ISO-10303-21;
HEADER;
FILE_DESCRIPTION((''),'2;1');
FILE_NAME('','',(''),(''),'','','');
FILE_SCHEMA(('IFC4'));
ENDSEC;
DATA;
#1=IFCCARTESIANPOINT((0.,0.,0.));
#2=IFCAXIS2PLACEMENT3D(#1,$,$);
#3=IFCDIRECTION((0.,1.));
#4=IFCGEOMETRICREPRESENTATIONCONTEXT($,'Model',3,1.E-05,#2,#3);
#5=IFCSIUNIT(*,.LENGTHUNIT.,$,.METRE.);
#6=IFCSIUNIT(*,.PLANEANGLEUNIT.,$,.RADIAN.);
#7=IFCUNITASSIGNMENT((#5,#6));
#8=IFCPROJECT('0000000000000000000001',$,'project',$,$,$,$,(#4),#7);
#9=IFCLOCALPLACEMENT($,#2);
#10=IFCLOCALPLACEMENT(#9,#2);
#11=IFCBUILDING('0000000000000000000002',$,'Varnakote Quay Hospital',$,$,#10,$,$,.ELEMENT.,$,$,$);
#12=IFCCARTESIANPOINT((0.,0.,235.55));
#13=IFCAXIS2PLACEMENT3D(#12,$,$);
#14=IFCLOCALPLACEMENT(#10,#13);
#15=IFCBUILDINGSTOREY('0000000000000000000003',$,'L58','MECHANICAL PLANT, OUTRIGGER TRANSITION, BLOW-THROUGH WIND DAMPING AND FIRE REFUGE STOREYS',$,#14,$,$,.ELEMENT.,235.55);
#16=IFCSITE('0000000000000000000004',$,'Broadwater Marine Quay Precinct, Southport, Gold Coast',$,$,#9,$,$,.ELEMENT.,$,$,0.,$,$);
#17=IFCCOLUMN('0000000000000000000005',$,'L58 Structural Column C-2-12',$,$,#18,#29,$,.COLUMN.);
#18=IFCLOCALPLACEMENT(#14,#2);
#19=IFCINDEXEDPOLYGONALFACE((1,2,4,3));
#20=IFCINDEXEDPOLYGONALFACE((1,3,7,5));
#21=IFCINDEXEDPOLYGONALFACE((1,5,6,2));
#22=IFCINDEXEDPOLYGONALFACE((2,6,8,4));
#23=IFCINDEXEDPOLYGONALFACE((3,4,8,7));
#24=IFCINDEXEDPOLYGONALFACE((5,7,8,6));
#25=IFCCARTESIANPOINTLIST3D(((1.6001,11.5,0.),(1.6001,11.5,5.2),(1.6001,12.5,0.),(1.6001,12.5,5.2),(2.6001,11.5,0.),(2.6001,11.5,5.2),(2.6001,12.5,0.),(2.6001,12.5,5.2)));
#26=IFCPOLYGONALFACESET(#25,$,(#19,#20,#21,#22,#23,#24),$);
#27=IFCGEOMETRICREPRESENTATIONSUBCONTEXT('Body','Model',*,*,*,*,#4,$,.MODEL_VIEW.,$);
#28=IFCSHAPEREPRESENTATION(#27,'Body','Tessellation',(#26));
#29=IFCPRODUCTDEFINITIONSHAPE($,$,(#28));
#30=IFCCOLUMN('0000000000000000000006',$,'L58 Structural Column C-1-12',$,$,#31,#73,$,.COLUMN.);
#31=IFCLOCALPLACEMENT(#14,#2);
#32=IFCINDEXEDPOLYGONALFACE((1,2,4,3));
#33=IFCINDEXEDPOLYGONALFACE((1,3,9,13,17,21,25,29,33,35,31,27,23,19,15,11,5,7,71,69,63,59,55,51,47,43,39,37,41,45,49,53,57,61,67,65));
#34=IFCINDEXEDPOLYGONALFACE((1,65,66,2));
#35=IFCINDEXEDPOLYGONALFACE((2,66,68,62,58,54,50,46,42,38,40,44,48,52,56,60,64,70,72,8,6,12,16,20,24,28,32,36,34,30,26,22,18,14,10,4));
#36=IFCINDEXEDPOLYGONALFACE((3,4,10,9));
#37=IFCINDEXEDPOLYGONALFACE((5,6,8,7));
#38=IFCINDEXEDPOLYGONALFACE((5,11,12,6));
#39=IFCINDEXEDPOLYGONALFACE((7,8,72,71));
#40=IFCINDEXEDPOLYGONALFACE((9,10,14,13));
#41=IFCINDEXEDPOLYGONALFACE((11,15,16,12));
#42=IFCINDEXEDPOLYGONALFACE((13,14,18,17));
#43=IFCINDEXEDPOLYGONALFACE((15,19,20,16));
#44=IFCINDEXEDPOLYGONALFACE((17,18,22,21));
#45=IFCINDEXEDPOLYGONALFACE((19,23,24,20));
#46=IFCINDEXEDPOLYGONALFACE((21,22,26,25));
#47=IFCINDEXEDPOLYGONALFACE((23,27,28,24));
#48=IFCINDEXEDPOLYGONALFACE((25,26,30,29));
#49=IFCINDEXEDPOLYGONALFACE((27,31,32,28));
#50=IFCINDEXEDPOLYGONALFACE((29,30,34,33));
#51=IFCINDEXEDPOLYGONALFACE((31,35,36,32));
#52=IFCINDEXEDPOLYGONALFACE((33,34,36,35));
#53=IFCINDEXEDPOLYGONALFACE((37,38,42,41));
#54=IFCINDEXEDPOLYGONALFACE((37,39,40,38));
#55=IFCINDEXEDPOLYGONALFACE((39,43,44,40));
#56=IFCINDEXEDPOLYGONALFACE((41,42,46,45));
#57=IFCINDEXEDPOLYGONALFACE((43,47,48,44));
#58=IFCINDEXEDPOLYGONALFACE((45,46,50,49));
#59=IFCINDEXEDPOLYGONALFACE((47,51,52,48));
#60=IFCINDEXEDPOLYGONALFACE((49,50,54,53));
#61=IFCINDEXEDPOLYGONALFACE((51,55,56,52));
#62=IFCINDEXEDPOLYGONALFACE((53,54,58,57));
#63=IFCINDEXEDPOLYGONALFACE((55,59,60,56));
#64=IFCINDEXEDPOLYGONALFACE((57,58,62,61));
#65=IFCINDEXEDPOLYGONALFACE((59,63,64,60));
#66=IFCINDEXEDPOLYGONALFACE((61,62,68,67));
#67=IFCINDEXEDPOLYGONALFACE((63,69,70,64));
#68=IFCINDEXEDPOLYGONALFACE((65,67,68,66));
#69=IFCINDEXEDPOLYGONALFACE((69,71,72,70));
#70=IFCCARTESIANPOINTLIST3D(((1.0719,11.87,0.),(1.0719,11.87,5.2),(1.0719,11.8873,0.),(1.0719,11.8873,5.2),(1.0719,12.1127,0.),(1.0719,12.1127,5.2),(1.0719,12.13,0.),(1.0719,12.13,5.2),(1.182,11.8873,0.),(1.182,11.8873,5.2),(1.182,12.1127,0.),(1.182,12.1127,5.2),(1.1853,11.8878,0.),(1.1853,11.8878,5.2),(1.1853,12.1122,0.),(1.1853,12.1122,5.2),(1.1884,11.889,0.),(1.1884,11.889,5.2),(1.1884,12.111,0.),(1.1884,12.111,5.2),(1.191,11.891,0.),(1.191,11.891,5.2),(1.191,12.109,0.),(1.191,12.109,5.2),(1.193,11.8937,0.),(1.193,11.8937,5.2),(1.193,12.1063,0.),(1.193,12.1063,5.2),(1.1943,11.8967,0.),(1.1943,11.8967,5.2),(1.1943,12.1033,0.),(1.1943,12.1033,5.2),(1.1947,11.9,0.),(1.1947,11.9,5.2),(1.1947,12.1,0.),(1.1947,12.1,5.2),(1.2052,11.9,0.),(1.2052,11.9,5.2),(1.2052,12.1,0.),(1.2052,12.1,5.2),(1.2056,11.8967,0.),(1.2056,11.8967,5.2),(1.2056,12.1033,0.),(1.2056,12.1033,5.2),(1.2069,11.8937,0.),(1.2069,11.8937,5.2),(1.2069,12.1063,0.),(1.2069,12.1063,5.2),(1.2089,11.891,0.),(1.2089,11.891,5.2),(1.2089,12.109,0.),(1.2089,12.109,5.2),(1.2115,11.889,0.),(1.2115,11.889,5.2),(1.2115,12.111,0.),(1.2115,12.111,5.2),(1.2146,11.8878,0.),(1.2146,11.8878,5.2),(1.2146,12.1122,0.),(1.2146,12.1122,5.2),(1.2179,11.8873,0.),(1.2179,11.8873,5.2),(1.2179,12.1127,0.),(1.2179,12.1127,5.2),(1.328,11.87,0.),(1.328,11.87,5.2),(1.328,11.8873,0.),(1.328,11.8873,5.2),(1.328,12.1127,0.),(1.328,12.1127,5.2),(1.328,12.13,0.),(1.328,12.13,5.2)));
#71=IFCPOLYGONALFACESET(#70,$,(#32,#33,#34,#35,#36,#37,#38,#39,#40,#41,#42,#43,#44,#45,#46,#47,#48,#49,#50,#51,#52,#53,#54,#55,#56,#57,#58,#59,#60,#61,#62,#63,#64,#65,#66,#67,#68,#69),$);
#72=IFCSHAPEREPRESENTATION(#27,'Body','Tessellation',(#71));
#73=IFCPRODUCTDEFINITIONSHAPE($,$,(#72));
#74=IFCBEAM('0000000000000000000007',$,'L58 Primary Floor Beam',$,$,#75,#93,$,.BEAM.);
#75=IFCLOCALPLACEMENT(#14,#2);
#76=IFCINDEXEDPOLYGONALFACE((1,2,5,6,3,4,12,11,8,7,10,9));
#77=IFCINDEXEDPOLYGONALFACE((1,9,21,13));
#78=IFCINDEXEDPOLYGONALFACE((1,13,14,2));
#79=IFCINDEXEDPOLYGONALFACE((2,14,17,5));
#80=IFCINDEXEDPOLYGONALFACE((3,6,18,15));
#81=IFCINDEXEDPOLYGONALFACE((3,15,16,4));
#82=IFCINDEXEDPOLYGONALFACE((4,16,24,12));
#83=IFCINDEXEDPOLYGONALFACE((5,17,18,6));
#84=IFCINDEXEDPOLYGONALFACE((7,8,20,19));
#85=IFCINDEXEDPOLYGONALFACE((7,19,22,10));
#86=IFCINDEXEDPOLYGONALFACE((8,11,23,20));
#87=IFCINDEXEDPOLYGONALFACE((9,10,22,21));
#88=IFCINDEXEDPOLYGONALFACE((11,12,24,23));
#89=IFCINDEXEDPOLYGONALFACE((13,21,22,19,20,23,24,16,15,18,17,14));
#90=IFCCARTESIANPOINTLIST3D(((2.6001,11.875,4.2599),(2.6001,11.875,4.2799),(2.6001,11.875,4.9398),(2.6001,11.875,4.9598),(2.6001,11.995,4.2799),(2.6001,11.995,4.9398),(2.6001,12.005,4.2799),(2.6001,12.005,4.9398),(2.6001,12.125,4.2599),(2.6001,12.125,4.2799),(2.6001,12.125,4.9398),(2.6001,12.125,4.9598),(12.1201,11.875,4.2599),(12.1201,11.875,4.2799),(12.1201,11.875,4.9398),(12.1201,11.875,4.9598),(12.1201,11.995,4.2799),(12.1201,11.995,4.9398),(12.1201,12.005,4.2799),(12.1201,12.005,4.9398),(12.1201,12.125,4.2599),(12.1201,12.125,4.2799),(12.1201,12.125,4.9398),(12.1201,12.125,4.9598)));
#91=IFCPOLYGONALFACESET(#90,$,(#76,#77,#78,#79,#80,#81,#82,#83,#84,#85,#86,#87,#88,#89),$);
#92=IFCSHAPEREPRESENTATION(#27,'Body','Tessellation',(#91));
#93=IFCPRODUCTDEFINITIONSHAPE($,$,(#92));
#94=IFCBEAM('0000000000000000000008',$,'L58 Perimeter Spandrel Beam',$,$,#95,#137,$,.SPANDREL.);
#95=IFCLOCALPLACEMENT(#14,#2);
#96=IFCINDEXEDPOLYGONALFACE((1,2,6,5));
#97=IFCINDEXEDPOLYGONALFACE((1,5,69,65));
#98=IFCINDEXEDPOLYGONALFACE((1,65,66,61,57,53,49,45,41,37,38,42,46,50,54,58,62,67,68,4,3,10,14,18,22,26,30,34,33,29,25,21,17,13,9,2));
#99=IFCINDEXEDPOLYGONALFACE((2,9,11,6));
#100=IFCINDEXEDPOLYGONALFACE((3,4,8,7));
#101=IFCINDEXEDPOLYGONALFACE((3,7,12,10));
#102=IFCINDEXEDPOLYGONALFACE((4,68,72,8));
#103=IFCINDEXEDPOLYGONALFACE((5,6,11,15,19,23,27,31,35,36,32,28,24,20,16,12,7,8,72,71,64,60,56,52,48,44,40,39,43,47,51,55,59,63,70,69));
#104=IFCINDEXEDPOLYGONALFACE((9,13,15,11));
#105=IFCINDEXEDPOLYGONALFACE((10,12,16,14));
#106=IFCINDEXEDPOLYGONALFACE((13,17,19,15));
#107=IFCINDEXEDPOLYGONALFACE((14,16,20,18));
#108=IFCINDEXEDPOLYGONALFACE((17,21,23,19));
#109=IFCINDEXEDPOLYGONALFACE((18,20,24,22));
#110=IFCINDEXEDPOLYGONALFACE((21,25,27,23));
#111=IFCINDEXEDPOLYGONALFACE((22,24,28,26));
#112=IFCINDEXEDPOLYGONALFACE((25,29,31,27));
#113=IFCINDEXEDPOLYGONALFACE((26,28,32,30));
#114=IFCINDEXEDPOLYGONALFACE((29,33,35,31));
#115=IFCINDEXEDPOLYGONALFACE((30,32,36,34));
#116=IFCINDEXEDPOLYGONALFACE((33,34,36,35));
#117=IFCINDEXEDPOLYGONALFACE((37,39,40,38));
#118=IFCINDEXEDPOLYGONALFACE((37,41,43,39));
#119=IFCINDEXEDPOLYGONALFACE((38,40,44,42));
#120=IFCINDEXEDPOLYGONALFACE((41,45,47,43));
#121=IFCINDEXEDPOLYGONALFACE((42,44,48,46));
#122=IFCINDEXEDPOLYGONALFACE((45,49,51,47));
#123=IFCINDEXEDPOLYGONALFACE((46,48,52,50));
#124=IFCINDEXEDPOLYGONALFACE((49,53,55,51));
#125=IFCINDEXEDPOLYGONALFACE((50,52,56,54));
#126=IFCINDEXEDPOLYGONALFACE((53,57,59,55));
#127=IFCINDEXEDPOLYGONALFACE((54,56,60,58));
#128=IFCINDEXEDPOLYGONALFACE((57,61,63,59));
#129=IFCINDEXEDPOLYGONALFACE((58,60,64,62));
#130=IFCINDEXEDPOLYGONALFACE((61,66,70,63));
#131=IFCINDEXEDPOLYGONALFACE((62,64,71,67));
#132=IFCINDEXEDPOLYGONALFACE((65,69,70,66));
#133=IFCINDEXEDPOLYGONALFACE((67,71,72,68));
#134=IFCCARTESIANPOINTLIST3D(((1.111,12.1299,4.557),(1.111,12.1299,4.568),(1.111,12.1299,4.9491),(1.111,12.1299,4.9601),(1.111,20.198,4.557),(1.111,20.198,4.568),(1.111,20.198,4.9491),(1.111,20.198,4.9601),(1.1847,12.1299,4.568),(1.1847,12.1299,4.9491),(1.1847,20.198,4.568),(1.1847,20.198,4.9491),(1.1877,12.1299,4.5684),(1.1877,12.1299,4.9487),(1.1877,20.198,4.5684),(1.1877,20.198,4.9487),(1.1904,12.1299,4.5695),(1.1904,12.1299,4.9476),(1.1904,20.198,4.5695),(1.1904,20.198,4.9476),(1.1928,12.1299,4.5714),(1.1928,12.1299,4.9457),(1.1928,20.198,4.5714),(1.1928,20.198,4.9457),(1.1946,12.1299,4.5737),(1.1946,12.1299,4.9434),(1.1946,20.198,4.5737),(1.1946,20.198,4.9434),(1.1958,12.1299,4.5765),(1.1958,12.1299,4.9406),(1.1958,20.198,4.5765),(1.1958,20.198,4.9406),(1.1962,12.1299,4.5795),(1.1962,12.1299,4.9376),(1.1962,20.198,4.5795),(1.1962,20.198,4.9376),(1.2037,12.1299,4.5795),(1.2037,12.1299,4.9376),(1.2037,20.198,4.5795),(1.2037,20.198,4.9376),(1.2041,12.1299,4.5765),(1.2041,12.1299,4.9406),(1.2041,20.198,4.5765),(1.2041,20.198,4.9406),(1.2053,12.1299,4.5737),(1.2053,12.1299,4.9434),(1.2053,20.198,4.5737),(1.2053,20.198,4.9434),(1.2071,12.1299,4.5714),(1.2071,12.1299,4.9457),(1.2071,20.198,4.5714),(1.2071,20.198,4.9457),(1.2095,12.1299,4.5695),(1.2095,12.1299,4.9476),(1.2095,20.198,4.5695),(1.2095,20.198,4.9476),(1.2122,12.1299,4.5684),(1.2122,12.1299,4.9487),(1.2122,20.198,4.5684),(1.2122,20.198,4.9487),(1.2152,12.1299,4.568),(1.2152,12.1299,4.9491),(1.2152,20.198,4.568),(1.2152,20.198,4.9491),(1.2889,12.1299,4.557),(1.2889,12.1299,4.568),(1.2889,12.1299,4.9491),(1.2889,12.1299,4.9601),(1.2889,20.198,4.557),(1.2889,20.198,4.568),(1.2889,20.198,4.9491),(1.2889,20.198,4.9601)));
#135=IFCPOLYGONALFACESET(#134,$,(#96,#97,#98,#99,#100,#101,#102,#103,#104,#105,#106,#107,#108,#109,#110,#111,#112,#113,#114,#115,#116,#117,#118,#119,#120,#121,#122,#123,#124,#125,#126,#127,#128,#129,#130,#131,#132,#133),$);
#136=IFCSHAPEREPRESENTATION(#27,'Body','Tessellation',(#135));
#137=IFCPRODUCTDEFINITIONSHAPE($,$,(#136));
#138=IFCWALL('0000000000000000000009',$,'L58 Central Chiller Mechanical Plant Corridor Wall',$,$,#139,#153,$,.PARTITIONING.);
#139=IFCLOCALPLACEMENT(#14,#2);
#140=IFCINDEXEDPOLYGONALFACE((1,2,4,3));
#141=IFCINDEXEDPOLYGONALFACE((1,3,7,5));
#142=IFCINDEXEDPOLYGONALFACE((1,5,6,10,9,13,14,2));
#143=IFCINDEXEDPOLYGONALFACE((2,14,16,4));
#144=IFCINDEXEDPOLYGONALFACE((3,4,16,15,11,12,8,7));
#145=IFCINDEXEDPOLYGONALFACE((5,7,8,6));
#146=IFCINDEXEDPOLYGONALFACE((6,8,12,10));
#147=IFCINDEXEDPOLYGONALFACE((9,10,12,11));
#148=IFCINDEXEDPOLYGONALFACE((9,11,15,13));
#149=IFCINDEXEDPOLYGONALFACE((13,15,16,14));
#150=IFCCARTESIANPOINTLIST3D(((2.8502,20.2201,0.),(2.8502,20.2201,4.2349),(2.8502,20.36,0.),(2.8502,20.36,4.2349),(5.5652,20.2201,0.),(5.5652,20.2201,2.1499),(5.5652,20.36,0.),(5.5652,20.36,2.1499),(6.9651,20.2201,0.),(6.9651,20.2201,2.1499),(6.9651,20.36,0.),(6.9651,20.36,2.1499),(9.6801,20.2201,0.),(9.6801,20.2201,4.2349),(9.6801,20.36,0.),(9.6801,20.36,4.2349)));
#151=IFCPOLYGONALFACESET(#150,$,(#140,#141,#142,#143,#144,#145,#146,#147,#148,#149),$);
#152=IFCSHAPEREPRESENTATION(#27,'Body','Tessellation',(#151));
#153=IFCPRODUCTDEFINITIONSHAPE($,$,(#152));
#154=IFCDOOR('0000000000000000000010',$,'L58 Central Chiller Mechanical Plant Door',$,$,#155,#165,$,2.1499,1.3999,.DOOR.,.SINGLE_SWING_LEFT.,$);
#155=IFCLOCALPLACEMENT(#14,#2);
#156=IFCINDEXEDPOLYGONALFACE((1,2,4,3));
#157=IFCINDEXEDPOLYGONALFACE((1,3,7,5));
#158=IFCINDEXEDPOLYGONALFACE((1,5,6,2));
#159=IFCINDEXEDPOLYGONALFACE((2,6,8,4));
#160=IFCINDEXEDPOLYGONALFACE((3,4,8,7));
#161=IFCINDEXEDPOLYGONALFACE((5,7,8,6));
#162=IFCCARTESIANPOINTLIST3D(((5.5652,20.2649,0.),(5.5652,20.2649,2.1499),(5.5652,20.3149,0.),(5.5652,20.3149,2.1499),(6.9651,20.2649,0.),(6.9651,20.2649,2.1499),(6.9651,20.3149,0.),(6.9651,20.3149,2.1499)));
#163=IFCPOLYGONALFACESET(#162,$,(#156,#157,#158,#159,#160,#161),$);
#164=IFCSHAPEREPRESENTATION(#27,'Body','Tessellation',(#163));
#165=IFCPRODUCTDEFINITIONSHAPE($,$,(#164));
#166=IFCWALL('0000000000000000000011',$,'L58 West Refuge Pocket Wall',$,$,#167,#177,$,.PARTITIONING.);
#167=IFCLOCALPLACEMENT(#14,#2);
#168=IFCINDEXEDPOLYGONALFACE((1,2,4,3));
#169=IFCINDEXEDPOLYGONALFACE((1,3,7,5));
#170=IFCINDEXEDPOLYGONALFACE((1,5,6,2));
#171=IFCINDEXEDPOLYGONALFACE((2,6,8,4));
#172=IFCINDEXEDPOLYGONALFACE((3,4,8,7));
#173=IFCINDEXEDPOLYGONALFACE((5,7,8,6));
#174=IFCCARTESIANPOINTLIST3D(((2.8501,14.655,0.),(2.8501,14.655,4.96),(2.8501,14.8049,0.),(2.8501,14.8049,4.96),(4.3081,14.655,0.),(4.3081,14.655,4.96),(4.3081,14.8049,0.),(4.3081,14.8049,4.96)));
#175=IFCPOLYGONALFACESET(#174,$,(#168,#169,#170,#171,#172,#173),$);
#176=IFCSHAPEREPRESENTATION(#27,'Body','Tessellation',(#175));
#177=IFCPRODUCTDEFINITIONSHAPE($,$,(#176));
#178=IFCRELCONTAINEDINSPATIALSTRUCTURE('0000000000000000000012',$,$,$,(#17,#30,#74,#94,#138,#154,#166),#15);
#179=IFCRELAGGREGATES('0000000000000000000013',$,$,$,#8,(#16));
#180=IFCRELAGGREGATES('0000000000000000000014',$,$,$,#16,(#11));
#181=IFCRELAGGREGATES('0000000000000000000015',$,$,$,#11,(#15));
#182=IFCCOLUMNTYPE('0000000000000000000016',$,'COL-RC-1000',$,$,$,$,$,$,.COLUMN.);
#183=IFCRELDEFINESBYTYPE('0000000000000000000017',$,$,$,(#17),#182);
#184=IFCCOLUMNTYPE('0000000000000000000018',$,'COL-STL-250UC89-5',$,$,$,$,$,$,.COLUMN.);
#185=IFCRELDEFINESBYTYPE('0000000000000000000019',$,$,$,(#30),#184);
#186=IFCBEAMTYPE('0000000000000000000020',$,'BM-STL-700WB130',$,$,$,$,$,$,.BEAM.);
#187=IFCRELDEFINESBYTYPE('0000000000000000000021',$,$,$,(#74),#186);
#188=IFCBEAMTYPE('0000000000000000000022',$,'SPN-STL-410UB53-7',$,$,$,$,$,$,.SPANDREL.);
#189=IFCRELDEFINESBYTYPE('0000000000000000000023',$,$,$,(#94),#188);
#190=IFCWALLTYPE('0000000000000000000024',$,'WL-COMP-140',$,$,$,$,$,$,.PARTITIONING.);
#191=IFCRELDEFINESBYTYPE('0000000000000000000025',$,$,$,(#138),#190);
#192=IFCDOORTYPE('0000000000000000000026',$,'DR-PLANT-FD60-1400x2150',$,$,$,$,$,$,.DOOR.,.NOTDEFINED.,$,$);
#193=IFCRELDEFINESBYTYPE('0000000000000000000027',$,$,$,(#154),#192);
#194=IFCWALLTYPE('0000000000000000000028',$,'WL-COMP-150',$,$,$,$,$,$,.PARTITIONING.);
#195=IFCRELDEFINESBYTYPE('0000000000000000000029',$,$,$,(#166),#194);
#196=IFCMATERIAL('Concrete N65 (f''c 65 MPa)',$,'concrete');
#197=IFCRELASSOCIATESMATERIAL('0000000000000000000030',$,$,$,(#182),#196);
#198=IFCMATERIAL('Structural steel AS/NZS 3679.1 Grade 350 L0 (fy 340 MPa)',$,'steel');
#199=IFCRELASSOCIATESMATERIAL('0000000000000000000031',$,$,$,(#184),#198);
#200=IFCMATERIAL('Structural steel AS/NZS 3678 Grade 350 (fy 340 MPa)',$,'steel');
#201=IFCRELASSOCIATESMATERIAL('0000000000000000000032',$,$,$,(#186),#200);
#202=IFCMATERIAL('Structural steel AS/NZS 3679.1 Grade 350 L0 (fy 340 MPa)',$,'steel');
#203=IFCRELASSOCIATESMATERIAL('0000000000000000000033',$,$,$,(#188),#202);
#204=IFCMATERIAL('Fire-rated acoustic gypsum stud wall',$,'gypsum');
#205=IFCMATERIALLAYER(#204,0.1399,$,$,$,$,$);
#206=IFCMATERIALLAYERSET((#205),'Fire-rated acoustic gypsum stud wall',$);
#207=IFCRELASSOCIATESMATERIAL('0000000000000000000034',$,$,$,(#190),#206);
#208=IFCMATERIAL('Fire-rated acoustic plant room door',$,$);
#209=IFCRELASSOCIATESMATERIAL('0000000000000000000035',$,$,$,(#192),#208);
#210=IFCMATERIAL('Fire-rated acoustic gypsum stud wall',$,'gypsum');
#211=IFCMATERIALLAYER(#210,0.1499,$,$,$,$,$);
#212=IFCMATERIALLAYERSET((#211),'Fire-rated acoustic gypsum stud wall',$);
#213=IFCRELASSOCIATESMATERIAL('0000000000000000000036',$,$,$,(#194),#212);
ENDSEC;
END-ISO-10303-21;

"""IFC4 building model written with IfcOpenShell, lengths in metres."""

from ifc_helpers import new_model, si_unit, direction, frame, frame_2d, origin, origin_2d, place, context, subcontext, project, spatial, rectangle, i_section, extrude, material, layer, layer_set, material_profile, profile_set, type_object, element, fill, save


model = new_model("IFC4")

# Units and contexts
model_context = context("Model", 3, precision=1e-05, world=origin(), true_north=direction((0.0, 1.0)))
body_context = subcontext(model_context, "Body", "Model", "MODEL_VIEW")
ifc_project = project(units=[si_unit("LENGTHUNIT", "METRE"), si_unit("PLANEANGLEUNIT", "RADIAN")], contexts=[model_context])

# Site, building, storey
site_placement = place(None, origin())
site = spatial("IfcSite", under=ifc_project, at=site_placement, Name="Broadwater Marine Quay Precinct, Southport, Gold Coast", CompositionType="ELEMENT", RefElevation=0.0)
building_placement = place(site_placement, origin())
building = spatial("IfcBuilding", under=site, at=building_placement, Name="Varnakote Quay Hospital", CompositionType="ELEMENT")
storey_placement = place(building_placement, frame((0.0, 0.0, 235.55)))
storey = spatial("IfcBuildingStorey", under=building, at=storey_placement, Name="L58", Description="MECHANICAL PLANT, OUTRIGGER TRANSITION, BLOW-THROUGH WIND DAMPING AND FIRE REFUGE STOREYS", CompositionType="ELEMENT", Elevation=235.55)

# Columns
ifc_material_1 = material(Name="Concrete N65 (f'c 65 MPa)", Category="concrete")
ifc_material_profile_1 = material_profile(ifc_material_1, rectangle(XDim=1.0, YDim=1.0, at=origin_2d()), Name="RC-COL-1000x1000")
ifc_profile_set_1 = profile_set([ifc_material_profile_1], Name="Concrete N65 (f'c 65 MPa)")
column_type_1 = type_object("IfcColumnType", Name="COL-RC-1000", PredefinedType="COLUMN", material=ifc_profile_set_1)
column_1_placement = place(storey_placement, frame((2.1001, 12.0, 0.0), z_axis=(0.0, 0.0, 1.0), x_axis=(1.0, 0.0, 0.0)))
element("IfcColumn", 1, at=column_1_placement, inside=storey, type_object=column_type_1, Name="L58 Structural Column C-2-12", PredefinedType="COLUMN", context=body_context, shape_type="SweptSolid", body=[
    extrude(rectangle(XDim=1.0, YDim=1.0, at=origin_2d()), origin(), (0.0, 0.0, 1.0), 5.2),
])
ifc_material_2 = material(Name="Structural steel AS/NZS 3679.1 Grade 350 L0 (fy 340 MPa)", Category="steel")
ifc_material_profile_2 = material_profile(ifc_material_2, i_section(OverallWidth=0.2561, OverallDepth=0.26, WebThickness=0.0105, FlangeThickness=0.0173, FilletRadius=0.0127, at=origin_2d()), Name="250UC89.5")
ifc_profile_set_2 = profile_set([ifc_material_profile_2], Name="Structural steel AS/NZS 3679.1 Grade 350 L0 (fy 340 MPa)")
column_type_2 = type_object("IfcColumnType", Name="COL-STL-250UC89-5", PredefinedType="COLUMN", material=ifc_profile_set_2)
column_2_placement = place(storey_placement, frame((1.2, 12.0, 0.0), z_axis=(0.0, 0.0, 1.0), x_axis=(1.0, 0.0, 0.0)))
element("IfcColumn", 2, at=column_2_placement, inside=storey, type_object=column_type_2, Name="L58 Structural Column C-1-12", PredefinedType="COLUMN", context=body_context, shape_type="SweptSolid", body=[
    extrude(i_section(OverallWidth=0.2561, OverallDepth=0.26, WebThickness=0.0105, FlangeThickness=0.0173, FilletRadius=0.0127, at=origin_2d()), origin(), (0.0, 0.0, 1.0), 5.2),
])

# Beams
ifc_material_3 = material(Name="Structural steel AS/NZS 3678 Grade 350 (fy 340 MPa)", Category="steel")
ifc_material_profile_3 = material_profile(ifc_material_3, i_section(OverallWidth=0.25, OverallDepth=0.7, WebThickness=0.01, FlangeThickness=0.02, at=origin_2d()), Name="700WB130")
ifc_profile_set_3 = profile_set([ifc_material_profile_3], Name="Structural steel AS/NZS 3678 Grade 350 (fy 340 MPa)")
beam_type_1 = type_object("IfcBeamType", Name="BM-STL-700WB130", PredefinedType="BEAM", material=ifc_profile_set_3)
beam_1_placement = place(storey_placement, frame((2.6001, 12.0, 4.6099), z_axis=(1.0, 0.0, 0.0), x_axis=(0.0, 1.0, 0.0)))
element("IfcBeam", 3, at=beam_1_placement, inside=storey, type_object=beam_type_1, Name="L58 Primary Floor Beam", PredefinedType="BEAM", context=body_context, shape_type="SweptSolid", body=[
    extrude(i_section(OverallWidth=0.25, OverallDepth=0.7, WebThickness=0.01, FlangeThickness=0.02, at=origin_2d()), origin(), (0.0, 0.0, 1.0), 9.52),
])
ifc_material_4 = material(Name="Structural steel AS/NZS 3679.1 Grade 350 L0 (fy 340 MPa)", Category="steel")
ifc_material_profile_4 = material_profile(ifc_material_4, i_section(OverallWidth=0.178, OverallDepth=0.4031, WebThickness=0.0076, FlangeThickness=0.011, FilletRadius=0.0115, at=origin_2d()), Name="410UB53.7")
ifc_profile_set_4 = profile_set([ifc_material_profile_4], Name="Structural steel AS/NZS 3679.1 Grade 350 L0 (fy 340 MPa)")
beam_type_2 = type_object("IfcBeamType", Name="SPN-STL-410UB53-7", PredefinedType="SPANDREL", material=ifc_profile_set_4)
beam_2_placement = place(storey_placement, frame((1.2, 12.1299, 4.7585), z_axis=(0.0, 1.0, 0.0), x_axis=(-1.0, 0.0, 0.0)))
element("IfcBeam", 4, at=beam_2_placement, inside=storey, type_object=beam_type_2, Name="L58 Perimeter Spandrel Beam", PredefinedType="SPANDREL", context=body_context, shape_type="SweptSolid", body=[
    extrude(i_section(OverallWidth=0.178, OverallDepth=0.4031, WebThickness=0.0076, FlangeThickness=0.011, FilletRadius=0.0115, at=origin_2d()), origin(), (0.0, 0.0, 1.0), 8.0681),
])

# Wall, opening, door
ifc_material_5 = material(Name="Fire-rated acoustic gypsum stud wall", Category="gypsum")
ifc_layer_1 = layer(ifc_material_5, 0.1399)
ifc_layer_set_1 = layer_set([ifc_layer_1], Name="Fire-rated acoustic gypsum stud wall")
wall_type_1 = type_object("IfcWallType", Name="WL-COMP-140", PredefinedType="PARTITIONING", material=ifc_layer_set_1)
wall_1_placement = place(storey_placement, frame((2.8501, 20.29, 0.0), z_axis=(0.0, 0.0, 1.0), x_axis=(1.0, 0.0, 0.0)))
wall_1 = element("IfcWall", 5, at=wall_1_placement, inside=storey, type_object=wall_type_1, Name="L58 Central Chiller Mechanical Plant Corridor Wall", PredefinedType="PARTITIONING", context=body_context, shape_type="SweptSolid", body=[
    extrude(rectangle(XDim=6.8298, YDim=0.1399, at=frame_2d((3.415, 0.0))), origin(), (0.0, 0.0, 1.0), 4.2349),
])
opening_1_placement = place(wall_1_placement, frame((2.7151, 0.0, 0.0)))
opening_1 = element("IfcOpeningElement", 6, at=opening_1_placement, cuts=wall_1, PredefinedType="OPENING", context=body_context, shape_type="SweptSolid", body=[
    extrude(rectangle(XDim=1.3999, YDim=2.1499, at=frame_2d((0.7, 1.075))), frame((0.0, 0.0798, 0.0), z_axis=(0.0, -1.0, 0.0), x_axis=(1.0, 0.0, 0.0)), (0.0, 0.0, 1.0), 0.1599),
])
ifc_material_6 = material(Name="Fire-rated acoustic plant room door")
door_type_1 = type_object("IfcDoorType", Name="DR-PLANT-FD60-1400x2150", OperationType="NOTDEFINED", PredefinedType="DOOR", material=ifc_material_6)
door_1_placement = place(opening_1_placement, origin())
door_1 = element("IfcDoor", 7, at=door_1_placement, inside=storey, type_object=door_type_1, Name="L58 Central Chiller Mechanical Plant Door", OperationType="SINGLE_SWING_LEFT", OverallHeight=2.1499, OverallWidth=1.3999, PredefinedType="DOOR", context=body_context, shape_type="SweptSolid", body=[
    extrude(rectangle(XDim=1.3999, YDim=2.1499, at=frame_2d((0.7, 1.075))), frame((0.0, 0.0249, 0.0), z_axis=(0.0, -1.0, 0.0), x_axis=(1.0, 0.0, 0.0)), (0.0, 0.0, 1.0), 0.05),
])
fill(opening_1, door_1)

# Wall
ifc_material_7 = material(Name="Fire-rated acoustic gypsum stud wall", Category="gypsum")
ifc_layer_2 = layer(ifc_material_7, 0.1499)
ifc_layer_set_2 = layer_set([ifc_layer_2], Name="Fire-rated acoustic gypsum stud wall")
wall_type_2 = type_object("IfcWallType", Name="WL-COMP-150", PredefinedType="PARTITIONING", material=ifc_layer_set_2)
wall_2_placement = place(storey_placement, frame((2.8501, 14.73, 0.0), z_axis=(0.0, 0.0, 1.0), x_axis=(1.0, 0.0, 0.0)))
element("IfcWall", 8, at=wall_2_placement, inside=storey, type_object=wall_type_2, Name="L58 West Refuge Pocket Wall", PredefinedType="PARTITIONING", context=body_context, shape_type="SweptSolid", body=[
    extrude(rectangle(XDim=1.458, YDim=0.1499, at=frame_2d((0.729, 0.0))), origin(), (0.0, 0.0, 1.0), 4.96),
])

save(model, "model.ifc")
